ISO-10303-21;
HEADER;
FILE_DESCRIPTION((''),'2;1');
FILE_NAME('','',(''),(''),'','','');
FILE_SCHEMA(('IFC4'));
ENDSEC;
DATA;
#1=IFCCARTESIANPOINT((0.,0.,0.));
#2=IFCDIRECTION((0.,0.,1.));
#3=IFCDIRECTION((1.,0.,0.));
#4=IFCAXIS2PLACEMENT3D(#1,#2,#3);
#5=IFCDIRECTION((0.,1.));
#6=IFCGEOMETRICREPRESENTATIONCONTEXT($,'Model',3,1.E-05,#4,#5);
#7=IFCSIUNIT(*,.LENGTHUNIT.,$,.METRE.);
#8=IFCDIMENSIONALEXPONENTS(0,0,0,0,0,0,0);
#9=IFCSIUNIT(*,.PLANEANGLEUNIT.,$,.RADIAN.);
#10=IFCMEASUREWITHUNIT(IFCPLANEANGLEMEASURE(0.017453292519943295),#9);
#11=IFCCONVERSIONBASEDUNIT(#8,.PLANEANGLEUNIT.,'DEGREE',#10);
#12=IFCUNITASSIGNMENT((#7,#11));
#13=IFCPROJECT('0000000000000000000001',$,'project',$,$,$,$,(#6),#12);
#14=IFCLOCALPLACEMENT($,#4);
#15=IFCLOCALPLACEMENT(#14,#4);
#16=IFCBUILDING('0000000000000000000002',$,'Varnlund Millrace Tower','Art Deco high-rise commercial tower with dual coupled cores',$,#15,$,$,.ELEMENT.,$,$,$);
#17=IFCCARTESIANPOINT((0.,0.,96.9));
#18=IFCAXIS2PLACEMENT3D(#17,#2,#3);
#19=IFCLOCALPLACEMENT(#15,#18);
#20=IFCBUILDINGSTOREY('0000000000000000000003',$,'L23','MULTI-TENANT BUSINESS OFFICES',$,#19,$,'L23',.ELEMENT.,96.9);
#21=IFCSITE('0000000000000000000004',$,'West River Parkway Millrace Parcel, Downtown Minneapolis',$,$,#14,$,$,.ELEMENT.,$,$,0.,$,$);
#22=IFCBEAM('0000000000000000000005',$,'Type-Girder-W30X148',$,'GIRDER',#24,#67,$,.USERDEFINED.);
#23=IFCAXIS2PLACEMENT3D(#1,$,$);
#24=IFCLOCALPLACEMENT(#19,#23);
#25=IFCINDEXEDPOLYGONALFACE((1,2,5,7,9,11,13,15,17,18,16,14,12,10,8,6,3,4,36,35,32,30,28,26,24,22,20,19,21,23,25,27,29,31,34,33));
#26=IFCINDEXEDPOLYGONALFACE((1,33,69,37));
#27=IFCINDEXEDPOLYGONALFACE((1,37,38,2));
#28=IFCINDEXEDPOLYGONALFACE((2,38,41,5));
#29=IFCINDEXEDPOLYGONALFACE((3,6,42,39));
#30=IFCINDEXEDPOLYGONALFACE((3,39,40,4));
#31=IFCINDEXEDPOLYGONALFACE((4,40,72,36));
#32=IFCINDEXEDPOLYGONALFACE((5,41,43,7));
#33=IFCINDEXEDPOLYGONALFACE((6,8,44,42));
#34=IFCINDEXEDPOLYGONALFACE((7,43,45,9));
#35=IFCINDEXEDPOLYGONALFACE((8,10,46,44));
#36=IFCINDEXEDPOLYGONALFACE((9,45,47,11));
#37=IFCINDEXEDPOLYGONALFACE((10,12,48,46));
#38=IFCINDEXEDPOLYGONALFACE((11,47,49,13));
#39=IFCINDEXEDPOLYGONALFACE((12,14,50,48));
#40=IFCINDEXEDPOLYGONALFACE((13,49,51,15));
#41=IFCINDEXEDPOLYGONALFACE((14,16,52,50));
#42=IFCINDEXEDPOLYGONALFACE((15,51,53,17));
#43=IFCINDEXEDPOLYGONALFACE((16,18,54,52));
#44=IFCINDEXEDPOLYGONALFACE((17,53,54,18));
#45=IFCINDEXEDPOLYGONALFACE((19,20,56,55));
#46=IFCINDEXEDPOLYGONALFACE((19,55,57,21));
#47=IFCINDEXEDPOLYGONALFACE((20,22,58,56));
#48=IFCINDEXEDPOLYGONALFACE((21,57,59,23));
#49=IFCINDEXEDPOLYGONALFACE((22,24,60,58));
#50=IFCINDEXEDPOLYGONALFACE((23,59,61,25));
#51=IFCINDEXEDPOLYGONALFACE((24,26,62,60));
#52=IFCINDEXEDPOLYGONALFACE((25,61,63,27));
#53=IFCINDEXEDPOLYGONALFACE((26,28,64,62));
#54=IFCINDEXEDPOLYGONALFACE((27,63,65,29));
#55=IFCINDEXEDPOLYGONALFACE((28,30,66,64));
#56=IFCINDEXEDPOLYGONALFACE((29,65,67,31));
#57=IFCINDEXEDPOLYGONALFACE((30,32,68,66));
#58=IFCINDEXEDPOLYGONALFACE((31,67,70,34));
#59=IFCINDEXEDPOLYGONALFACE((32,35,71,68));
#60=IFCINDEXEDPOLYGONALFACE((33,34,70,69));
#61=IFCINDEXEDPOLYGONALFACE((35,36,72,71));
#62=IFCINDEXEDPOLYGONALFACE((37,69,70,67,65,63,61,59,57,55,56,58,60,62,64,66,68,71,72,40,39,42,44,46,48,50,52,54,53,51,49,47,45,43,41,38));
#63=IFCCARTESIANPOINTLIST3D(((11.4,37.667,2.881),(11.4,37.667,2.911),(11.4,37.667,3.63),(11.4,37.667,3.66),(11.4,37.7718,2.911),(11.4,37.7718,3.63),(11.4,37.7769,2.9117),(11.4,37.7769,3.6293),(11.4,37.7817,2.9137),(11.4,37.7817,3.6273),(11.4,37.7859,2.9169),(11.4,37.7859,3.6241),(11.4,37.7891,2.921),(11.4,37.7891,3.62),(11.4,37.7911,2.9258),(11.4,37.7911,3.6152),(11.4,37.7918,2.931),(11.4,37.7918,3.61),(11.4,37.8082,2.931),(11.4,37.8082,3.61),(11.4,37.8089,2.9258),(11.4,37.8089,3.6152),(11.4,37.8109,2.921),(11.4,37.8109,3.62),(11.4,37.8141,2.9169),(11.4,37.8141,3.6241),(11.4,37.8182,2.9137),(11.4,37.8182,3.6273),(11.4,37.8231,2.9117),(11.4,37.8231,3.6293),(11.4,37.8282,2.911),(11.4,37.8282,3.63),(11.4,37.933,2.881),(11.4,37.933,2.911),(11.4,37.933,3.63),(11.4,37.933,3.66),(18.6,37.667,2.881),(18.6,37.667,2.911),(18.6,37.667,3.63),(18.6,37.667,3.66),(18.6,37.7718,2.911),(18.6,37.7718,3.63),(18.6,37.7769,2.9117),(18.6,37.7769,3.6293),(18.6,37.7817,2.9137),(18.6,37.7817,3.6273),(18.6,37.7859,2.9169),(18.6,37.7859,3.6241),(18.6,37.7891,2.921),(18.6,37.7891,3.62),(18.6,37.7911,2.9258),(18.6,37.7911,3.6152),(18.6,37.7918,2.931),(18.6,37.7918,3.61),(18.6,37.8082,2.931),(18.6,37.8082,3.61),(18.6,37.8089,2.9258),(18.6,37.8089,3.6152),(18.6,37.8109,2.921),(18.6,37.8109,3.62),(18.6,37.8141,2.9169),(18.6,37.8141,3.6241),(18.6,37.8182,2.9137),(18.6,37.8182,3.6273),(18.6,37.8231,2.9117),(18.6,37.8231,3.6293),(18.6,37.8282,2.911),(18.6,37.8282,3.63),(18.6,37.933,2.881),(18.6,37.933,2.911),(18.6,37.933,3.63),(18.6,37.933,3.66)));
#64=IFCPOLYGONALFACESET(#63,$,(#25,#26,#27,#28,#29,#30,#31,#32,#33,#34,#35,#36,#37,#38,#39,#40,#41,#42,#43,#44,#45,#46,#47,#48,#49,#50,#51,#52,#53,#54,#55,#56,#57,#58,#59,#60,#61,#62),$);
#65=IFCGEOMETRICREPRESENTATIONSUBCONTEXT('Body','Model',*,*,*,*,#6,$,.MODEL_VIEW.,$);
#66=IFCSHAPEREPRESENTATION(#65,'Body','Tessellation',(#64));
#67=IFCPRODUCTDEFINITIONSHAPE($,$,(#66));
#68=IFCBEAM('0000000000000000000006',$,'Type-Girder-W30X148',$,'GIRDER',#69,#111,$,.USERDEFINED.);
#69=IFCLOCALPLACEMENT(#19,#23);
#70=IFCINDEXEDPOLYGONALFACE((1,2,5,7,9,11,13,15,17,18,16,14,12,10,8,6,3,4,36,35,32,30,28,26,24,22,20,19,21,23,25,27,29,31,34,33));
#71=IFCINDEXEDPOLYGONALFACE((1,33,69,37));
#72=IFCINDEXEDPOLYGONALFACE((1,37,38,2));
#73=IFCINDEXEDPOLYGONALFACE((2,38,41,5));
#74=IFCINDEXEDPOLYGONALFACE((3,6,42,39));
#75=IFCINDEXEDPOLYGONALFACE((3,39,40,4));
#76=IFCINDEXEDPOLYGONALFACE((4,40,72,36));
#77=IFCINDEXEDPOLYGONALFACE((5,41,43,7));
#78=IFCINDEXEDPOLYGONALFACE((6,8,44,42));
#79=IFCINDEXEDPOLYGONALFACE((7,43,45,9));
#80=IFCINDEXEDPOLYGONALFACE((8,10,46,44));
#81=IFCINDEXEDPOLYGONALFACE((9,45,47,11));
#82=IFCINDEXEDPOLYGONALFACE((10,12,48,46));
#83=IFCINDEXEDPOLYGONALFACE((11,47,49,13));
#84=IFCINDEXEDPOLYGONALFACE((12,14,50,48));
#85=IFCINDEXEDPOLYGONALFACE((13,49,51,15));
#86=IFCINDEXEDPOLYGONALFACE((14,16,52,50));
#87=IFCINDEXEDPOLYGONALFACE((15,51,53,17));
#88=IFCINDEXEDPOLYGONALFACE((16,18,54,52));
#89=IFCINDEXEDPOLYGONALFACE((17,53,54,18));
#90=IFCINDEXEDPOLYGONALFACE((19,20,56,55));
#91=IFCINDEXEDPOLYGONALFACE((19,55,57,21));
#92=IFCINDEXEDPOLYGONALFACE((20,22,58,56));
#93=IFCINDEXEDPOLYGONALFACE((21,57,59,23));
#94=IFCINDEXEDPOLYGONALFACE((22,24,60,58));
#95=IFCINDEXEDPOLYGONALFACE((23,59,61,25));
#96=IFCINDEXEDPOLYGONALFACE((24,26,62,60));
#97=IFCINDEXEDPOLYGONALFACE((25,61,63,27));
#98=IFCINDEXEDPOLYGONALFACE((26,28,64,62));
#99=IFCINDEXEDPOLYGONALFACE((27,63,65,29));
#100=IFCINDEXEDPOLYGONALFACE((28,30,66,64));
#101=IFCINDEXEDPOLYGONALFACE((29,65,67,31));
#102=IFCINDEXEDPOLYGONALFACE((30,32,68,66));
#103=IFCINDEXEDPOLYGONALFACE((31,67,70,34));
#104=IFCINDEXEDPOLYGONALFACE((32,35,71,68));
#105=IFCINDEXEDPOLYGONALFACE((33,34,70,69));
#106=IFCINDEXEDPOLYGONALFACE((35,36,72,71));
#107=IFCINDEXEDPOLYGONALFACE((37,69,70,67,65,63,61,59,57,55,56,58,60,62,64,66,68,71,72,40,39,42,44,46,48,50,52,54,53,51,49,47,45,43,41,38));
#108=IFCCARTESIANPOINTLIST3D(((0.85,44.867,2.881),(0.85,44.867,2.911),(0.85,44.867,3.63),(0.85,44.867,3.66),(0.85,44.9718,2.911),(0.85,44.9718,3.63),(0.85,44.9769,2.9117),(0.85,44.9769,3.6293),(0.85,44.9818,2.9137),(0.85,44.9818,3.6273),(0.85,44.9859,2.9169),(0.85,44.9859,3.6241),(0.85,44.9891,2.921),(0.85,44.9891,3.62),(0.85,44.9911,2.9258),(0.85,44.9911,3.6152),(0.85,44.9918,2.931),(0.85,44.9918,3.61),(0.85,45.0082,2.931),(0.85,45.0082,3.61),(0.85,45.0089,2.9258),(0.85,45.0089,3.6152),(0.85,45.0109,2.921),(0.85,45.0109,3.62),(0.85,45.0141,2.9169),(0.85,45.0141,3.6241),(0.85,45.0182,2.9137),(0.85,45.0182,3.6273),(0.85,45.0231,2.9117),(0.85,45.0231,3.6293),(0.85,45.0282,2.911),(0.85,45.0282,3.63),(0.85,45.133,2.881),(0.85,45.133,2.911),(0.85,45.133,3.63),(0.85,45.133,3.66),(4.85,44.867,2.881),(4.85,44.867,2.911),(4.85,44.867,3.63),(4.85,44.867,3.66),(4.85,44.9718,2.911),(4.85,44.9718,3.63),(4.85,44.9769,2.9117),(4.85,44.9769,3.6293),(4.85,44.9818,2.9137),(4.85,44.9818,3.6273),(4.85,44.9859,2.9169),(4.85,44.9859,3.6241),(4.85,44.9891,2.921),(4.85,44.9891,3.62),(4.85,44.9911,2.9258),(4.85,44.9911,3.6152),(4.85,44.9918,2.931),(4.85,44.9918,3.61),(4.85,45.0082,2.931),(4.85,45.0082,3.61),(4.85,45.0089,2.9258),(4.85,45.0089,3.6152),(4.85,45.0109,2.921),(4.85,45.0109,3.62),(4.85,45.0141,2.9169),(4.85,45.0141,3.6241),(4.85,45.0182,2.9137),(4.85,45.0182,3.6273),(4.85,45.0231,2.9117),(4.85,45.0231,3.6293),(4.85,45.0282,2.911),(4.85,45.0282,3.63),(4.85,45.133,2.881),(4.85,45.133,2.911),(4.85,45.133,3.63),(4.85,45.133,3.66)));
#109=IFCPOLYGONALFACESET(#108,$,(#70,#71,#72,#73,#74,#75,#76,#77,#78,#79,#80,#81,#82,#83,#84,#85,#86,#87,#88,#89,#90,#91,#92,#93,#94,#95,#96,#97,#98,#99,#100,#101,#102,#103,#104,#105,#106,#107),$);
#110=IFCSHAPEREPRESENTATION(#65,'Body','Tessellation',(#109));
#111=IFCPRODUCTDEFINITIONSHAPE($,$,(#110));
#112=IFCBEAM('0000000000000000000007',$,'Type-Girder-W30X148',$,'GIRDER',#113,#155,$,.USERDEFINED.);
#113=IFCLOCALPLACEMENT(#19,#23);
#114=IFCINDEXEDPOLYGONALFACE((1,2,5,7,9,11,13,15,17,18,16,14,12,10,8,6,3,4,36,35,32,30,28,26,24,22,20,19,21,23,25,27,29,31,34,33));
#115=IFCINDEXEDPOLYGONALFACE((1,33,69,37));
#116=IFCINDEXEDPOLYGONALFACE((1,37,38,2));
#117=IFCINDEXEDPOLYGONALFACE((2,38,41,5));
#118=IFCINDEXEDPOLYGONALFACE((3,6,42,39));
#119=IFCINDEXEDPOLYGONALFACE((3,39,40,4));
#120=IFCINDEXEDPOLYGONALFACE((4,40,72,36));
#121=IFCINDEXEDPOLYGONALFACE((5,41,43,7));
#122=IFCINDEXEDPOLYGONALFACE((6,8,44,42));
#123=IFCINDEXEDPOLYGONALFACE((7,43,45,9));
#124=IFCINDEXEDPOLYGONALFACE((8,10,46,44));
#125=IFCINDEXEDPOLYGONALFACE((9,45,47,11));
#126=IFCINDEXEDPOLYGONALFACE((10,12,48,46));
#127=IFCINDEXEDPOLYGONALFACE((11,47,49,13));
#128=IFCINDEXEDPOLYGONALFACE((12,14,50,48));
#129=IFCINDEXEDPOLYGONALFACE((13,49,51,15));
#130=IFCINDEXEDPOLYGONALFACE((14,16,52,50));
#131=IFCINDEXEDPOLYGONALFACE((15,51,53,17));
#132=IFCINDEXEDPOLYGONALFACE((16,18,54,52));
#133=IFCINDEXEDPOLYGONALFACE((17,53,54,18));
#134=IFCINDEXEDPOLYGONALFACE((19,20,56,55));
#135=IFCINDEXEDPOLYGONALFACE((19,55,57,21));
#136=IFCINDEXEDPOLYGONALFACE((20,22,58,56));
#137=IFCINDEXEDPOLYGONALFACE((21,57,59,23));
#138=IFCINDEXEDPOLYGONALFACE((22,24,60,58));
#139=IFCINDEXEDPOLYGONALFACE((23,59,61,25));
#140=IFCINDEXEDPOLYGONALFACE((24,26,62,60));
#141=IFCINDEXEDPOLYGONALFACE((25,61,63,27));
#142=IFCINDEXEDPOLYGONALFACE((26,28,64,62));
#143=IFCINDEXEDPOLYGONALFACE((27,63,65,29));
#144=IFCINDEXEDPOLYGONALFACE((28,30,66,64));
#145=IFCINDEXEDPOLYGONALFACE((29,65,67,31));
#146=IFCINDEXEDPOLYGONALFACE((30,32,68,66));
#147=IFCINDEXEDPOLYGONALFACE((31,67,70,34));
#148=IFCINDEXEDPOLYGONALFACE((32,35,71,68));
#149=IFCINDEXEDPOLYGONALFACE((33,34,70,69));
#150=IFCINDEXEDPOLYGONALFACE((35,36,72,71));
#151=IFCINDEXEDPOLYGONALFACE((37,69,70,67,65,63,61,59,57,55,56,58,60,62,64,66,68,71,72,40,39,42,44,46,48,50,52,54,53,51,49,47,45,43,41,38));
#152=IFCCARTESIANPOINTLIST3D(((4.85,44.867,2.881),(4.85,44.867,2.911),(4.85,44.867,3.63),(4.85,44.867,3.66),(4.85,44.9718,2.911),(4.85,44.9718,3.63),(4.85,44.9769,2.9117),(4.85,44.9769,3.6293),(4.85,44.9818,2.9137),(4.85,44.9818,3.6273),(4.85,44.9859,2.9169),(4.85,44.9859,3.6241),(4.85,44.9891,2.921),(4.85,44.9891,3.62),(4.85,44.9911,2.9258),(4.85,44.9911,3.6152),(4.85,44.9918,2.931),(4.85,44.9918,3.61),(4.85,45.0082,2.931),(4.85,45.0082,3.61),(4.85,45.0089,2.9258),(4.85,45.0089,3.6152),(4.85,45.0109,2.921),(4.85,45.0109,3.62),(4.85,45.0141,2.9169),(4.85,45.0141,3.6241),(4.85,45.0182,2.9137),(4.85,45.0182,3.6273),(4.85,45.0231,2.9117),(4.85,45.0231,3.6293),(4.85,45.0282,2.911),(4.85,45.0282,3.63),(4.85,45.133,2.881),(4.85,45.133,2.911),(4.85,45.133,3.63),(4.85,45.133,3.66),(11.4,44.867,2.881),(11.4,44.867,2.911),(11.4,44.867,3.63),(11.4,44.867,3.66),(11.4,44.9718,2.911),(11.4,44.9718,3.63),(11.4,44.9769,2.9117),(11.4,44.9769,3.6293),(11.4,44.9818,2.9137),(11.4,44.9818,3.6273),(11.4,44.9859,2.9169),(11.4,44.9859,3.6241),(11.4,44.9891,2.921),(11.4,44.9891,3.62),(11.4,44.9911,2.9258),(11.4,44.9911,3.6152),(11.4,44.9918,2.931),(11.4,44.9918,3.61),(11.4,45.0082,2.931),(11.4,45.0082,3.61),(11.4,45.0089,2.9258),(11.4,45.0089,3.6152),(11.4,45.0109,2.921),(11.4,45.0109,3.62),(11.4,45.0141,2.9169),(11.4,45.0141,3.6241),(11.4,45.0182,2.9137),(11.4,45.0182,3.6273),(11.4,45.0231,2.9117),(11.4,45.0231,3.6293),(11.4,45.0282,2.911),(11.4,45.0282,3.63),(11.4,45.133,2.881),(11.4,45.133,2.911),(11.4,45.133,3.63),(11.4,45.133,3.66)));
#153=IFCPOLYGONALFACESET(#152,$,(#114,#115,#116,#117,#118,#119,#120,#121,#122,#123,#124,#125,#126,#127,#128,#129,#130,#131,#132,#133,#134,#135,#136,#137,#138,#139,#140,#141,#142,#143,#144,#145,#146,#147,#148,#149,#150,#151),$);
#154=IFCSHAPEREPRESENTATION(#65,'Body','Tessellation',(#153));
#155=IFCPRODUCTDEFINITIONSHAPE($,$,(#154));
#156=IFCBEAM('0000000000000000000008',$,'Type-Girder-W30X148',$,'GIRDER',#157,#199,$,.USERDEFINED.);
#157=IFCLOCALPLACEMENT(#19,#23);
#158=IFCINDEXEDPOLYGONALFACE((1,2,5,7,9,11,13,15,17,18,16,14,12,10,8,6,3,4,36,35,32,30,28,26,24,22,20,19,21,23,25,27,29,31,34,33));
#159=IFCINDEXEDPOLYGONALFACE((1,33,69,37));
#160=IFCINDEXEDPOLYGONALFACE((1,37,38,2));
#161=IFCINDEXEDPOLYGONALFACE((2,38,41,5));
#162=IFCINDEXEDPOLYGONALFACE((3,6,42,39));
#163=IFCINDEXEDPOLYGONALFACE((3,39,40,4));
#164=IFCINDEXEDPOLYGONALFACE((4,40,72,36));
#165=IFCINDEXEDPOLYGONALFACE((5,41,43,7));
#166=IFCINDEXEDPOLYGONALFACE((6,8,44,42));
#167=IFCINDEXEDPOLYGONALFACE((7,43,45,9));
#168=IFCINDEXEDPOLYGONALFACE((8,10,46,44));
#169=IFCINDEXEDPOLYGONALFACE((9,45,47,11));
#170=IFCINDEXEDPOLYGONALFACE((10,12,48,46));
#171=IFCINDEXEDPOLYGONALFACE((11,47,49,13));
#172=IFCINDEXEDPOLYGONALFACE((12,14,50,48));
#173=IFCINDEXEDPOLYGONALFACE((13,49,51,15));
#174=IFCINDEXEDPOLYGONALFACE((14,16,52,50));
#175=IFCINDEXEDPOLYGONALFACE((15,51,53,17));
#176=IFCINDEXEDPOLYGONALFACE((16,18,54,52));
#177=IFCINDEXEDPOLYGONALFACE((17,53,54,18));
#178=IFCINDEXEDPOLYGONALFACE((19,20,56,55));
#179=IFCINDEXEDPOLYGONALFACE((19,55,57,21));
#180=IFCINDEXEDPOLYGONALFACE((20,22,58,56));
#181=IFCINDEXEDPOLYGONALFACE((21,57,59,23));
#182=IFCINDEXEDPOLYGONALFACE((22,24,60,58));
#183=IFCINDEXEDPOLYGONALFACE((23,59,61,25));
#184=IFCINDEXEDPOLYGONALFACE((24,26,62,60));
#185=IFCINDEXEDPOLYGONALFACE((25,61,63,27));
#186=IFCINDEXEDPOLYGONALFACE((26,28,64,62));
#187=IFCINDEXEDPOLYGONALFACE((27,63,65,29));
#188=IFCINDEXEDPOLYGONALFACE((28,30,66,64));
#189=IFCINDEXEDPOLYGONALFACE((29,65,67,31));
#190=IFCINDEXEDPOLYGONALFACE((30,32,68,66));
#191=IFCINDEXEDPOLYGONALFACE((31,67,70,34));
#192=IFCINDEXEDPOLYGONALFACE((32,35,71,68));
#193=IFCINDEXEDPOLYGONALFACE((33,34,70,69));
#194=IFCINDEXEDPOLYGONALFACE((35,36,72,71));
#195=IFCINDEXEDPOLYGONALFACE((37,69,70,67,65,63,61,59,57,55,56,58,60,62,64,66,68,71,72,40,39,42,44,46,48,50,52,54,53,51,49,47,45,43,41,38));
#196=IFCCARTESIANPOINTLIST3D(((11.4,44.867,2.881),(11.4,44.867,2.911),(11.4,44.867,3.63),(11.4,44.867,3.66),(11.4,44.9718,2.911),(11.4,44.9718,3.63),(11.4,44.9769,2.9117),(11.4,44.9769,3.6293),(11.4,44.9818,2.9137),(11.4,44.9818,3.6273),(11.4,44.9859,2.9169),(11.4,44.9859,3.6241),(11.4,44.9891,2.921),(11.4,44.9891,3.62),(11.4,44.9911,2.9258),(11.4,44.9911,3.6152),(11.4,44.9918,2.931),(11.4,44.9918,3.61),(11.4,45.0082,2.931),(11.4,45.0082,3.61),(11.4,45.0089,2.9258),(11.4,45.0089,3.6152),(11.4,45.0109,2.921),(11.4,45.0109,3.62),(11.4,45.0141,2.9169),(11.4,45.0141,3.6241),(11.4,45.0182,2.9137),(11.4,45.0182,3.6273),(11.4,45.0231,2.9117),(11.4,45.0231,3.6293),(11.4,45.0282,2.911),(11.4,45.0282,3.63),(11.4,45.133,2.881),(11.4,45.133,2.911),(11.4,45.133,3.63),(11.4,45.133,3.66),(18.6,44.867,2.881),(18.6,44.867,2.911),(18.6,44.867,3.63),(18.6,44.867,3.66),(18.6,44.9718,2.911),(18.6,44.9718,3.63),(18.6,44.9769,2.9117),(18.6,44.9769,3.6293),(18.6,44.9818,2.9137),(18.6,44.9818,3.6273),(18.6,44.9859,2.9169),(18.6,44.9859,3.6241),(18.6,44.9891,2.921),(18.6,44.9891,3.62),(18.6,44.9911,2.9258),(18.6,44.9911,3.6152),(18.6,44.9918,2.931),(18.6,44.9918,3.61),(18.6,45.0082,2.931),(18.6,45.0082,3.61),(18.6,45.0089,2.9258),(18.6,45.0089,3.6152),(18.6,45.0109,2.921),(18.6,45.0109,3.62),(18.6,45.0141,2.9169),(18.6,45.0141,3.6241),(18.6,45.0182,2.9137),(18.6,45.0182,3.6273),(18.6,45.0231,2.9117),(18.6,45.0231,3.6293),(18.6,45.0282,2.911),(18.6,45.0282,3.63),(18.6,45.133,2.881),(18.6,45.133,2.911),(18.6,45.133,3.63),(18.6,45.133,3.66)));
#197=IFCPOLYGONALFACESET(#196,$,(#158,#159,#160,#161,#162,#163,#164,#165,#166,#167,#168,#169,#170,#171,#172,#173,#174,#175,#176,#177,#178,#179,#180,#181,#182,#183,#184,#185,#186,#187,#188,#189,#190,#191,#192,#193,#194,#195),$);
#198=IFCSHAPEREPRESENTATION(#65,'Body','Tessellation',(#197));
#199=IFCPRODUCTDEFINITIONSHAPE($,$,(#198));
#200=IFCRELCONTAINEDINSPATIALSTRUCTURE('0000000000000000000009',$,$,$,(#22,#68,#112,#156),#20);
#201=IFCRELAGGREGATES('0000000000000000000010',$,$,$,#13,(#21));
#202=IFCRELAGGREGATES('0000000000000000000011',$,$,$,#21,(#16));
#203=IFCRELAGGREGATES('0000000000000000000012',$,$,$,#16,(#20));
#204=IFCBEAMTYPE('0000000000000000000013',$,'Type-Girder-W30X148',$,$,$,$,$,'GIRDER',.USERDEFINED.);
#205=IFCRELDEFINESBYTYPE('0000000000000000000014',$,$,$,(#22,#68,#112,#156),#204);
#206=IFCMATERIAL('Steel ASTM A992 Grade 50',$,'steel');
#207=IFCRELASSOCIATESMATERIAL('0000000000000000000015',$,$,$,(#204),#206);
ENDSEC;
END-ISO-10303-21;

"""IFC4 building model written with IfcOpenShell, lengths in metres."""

from ifc_helpers import new_model, entity, si_unit, converted_unit, direction, frame, origin_with_axes, origin_2d_with_axis, place, context, subcontext, project, spatial, i_section, extrude, material, material_profile, profile_set, type_object, element, save


model = new_model("IFC4")

# Units and contexts
model_context = context("Model", 3, precision=1e-05, world=origin_with_axes(), true_north=direction((0.0, 1.0)))
body_context = subcontext(model_context, "Body", "Model", "MODEL_VIEW")
ifc_project = project(units=[si_unit("LENGTHUNIT", "METRE"), converted_unit("PLANEANGLEUNIT", "DEGREE", entity("IfcPlaneAngleMeasure", 0.017453292519943295), si_unit("PLANEANGLEUNIT", "RADIAN"), dimensions=[0, 0, 0, 0, 0, 0, 0])], contexts=[model_context])

# Site, building, storey
site_placement = place(None, origin_with_axes())
site = spatial("IfcSite", under=ifc_project, at=site_placement, Name="West River Parkway Millrace Parcel, Downtown Minneapolis", CompositionType="ELEMENT", RefElevation=0.0)
building_placement = place(site_placement, origin_with_axes())
building = spatial("IfcBuilding", under=site, at=building_placement, Name="Varnlund Millrace Tower", Description="Art Deco high-rise commercial tower with dual coupled cores", CompositionType="ELEMENT")
storey_placement = place(building_placement, frame((0.0, 0.0, 96.9), z_axis=(0.0, 0.0, 1.0), x_axis=(1.0, 0.0, 0.0)))
storey = spatial("IfcBuildingStorey", under=building, at=storey_placement, Name="L23", Description="MULTI-TENANT BUSINESS OFFICES", LongName="L23", CompositionType="ELEMENT", Elevation=96.9)

# Beams
ifc_material_1 = material(Name="Steel ASTM A992 Grade 50", Category="steel")
ifc_material_profile_1 = material_profile(ifc_material_1, i_section(OverallWidth=0.266, OverallDepth=0.779, WebThickness=0.0165, FlangeThickness=0.03, FilletRadius=0.02, at=origin_2d_with_axis()), Name="Steel ASTM A992 Grade 50")
ifc_profile_set_1 = profile_set([ifc_material_profile_1], Name="Steel ASTM A992 Grade 50")
beam_type_1 = type_object("IfcBeamType", Name="Type-Girder-W30X148", ElementType="GIRDER", PredefinedType="USERDEFINED", material=ifc_profile_set_1)
beam_1_placement = place(storey_placement, frame((11.4, 37.8, 3.2705), z_axis=(1.0, 0.0, 0.0), x_axis=(0.0, 1.0, 0.0)))
element("IfcBeam", 1, at=beam_1_placement, inside=storey, type_object=beam_type_1, Name="Type-Girder-W30X148", ObjectType="GIRDER", PredefinedType="USERDEFINED", context=body_context, shape_type="SweptSolid", body=[
    extrude(i_section(OverallWidth=0.266, OverallDepth=0.779, WebThickness=0.0165, FlangeThickness=0.03, FilletRadius=0.02, at=origin_2d_with_axis()), origin_with_axes(), (0.0, 0.0, 1.0), 7.2),
])
beam_2_placement = place(storey_placement, frame((0.85, 45.0, 3.2705), z_axis=(1.0, 0.0, 0.0), x_axis=(0.0, 1.0, 0.0)))
element("IfcBeam", 2, at=beam_2_placement, inside=storey, type_object=beam_type_1, Name="Type-Girder-W30X148", ObjectType="GIRDER", PredefinedType="USERDEFINED", context=body_context, shape_type="SweptSolid", body=[
    extrude(i_section(OverallWidth=0.266, OverallDepth=0.779, WebThickness=0.0165, FlangeThickness=0.03, FilletRadius=0.02, at=origin_2d_with_axis()), origin_with_axes(), (0.0, 0.0, 1.0), 4.0),
])
beam_3_placement = place(storey_placement, frame((4.85, 45.0, 3.2705), z_axis=(1.0, 0.0, 0.0), x_axis=(0.0, 1.0, 0.0)))
element("IfcBeam", 3, at=beam_3_placement, inside=storey, type_object=beam_type_1, Name="Type-Girder-W30X148", ObjectType="GIRDER", PredefinedType="USERDEFINED", context=body_context, shape_type="SweptSolid", body=[
    extrude(i_section(OverallWidth=0.266, OverallDepth=0.779, WebThickness=0.0165, FlangeThickness=0.03, FilletRadius=0.02, at=origin_2d_with_axis()), origin_with_axes(), (0.0, 0.0, 1.0), 6.55),
])
beam_4_placement = place(storey_placement, frame((11.4, 45.0, 3.2705), z_axis=(1.0, 0.0, 0.0), x_axis=(0.0, 1.0, 0.0)))
element("IfcBeam", 4, at=beam_4_placement, inside=storey, type_object=beam_type_1, Name="Type-Girder-W30X148", ObjectType="GIRDER", PredefinedType="USERDEFINED", context=body_context, shape_type="SweptSolid", body=[
    extrude(i_section(OverallWidth=0.266, OverallDepth=0.779, WebThickness=0.0165, FlangeThickness=0.03, FilletRadius=0.02, at=origin_2d_with_axis()), origin_with_axes(), (0.0, 0.0, 1.0), 7.2),
])

save(model, "model.ifc")
